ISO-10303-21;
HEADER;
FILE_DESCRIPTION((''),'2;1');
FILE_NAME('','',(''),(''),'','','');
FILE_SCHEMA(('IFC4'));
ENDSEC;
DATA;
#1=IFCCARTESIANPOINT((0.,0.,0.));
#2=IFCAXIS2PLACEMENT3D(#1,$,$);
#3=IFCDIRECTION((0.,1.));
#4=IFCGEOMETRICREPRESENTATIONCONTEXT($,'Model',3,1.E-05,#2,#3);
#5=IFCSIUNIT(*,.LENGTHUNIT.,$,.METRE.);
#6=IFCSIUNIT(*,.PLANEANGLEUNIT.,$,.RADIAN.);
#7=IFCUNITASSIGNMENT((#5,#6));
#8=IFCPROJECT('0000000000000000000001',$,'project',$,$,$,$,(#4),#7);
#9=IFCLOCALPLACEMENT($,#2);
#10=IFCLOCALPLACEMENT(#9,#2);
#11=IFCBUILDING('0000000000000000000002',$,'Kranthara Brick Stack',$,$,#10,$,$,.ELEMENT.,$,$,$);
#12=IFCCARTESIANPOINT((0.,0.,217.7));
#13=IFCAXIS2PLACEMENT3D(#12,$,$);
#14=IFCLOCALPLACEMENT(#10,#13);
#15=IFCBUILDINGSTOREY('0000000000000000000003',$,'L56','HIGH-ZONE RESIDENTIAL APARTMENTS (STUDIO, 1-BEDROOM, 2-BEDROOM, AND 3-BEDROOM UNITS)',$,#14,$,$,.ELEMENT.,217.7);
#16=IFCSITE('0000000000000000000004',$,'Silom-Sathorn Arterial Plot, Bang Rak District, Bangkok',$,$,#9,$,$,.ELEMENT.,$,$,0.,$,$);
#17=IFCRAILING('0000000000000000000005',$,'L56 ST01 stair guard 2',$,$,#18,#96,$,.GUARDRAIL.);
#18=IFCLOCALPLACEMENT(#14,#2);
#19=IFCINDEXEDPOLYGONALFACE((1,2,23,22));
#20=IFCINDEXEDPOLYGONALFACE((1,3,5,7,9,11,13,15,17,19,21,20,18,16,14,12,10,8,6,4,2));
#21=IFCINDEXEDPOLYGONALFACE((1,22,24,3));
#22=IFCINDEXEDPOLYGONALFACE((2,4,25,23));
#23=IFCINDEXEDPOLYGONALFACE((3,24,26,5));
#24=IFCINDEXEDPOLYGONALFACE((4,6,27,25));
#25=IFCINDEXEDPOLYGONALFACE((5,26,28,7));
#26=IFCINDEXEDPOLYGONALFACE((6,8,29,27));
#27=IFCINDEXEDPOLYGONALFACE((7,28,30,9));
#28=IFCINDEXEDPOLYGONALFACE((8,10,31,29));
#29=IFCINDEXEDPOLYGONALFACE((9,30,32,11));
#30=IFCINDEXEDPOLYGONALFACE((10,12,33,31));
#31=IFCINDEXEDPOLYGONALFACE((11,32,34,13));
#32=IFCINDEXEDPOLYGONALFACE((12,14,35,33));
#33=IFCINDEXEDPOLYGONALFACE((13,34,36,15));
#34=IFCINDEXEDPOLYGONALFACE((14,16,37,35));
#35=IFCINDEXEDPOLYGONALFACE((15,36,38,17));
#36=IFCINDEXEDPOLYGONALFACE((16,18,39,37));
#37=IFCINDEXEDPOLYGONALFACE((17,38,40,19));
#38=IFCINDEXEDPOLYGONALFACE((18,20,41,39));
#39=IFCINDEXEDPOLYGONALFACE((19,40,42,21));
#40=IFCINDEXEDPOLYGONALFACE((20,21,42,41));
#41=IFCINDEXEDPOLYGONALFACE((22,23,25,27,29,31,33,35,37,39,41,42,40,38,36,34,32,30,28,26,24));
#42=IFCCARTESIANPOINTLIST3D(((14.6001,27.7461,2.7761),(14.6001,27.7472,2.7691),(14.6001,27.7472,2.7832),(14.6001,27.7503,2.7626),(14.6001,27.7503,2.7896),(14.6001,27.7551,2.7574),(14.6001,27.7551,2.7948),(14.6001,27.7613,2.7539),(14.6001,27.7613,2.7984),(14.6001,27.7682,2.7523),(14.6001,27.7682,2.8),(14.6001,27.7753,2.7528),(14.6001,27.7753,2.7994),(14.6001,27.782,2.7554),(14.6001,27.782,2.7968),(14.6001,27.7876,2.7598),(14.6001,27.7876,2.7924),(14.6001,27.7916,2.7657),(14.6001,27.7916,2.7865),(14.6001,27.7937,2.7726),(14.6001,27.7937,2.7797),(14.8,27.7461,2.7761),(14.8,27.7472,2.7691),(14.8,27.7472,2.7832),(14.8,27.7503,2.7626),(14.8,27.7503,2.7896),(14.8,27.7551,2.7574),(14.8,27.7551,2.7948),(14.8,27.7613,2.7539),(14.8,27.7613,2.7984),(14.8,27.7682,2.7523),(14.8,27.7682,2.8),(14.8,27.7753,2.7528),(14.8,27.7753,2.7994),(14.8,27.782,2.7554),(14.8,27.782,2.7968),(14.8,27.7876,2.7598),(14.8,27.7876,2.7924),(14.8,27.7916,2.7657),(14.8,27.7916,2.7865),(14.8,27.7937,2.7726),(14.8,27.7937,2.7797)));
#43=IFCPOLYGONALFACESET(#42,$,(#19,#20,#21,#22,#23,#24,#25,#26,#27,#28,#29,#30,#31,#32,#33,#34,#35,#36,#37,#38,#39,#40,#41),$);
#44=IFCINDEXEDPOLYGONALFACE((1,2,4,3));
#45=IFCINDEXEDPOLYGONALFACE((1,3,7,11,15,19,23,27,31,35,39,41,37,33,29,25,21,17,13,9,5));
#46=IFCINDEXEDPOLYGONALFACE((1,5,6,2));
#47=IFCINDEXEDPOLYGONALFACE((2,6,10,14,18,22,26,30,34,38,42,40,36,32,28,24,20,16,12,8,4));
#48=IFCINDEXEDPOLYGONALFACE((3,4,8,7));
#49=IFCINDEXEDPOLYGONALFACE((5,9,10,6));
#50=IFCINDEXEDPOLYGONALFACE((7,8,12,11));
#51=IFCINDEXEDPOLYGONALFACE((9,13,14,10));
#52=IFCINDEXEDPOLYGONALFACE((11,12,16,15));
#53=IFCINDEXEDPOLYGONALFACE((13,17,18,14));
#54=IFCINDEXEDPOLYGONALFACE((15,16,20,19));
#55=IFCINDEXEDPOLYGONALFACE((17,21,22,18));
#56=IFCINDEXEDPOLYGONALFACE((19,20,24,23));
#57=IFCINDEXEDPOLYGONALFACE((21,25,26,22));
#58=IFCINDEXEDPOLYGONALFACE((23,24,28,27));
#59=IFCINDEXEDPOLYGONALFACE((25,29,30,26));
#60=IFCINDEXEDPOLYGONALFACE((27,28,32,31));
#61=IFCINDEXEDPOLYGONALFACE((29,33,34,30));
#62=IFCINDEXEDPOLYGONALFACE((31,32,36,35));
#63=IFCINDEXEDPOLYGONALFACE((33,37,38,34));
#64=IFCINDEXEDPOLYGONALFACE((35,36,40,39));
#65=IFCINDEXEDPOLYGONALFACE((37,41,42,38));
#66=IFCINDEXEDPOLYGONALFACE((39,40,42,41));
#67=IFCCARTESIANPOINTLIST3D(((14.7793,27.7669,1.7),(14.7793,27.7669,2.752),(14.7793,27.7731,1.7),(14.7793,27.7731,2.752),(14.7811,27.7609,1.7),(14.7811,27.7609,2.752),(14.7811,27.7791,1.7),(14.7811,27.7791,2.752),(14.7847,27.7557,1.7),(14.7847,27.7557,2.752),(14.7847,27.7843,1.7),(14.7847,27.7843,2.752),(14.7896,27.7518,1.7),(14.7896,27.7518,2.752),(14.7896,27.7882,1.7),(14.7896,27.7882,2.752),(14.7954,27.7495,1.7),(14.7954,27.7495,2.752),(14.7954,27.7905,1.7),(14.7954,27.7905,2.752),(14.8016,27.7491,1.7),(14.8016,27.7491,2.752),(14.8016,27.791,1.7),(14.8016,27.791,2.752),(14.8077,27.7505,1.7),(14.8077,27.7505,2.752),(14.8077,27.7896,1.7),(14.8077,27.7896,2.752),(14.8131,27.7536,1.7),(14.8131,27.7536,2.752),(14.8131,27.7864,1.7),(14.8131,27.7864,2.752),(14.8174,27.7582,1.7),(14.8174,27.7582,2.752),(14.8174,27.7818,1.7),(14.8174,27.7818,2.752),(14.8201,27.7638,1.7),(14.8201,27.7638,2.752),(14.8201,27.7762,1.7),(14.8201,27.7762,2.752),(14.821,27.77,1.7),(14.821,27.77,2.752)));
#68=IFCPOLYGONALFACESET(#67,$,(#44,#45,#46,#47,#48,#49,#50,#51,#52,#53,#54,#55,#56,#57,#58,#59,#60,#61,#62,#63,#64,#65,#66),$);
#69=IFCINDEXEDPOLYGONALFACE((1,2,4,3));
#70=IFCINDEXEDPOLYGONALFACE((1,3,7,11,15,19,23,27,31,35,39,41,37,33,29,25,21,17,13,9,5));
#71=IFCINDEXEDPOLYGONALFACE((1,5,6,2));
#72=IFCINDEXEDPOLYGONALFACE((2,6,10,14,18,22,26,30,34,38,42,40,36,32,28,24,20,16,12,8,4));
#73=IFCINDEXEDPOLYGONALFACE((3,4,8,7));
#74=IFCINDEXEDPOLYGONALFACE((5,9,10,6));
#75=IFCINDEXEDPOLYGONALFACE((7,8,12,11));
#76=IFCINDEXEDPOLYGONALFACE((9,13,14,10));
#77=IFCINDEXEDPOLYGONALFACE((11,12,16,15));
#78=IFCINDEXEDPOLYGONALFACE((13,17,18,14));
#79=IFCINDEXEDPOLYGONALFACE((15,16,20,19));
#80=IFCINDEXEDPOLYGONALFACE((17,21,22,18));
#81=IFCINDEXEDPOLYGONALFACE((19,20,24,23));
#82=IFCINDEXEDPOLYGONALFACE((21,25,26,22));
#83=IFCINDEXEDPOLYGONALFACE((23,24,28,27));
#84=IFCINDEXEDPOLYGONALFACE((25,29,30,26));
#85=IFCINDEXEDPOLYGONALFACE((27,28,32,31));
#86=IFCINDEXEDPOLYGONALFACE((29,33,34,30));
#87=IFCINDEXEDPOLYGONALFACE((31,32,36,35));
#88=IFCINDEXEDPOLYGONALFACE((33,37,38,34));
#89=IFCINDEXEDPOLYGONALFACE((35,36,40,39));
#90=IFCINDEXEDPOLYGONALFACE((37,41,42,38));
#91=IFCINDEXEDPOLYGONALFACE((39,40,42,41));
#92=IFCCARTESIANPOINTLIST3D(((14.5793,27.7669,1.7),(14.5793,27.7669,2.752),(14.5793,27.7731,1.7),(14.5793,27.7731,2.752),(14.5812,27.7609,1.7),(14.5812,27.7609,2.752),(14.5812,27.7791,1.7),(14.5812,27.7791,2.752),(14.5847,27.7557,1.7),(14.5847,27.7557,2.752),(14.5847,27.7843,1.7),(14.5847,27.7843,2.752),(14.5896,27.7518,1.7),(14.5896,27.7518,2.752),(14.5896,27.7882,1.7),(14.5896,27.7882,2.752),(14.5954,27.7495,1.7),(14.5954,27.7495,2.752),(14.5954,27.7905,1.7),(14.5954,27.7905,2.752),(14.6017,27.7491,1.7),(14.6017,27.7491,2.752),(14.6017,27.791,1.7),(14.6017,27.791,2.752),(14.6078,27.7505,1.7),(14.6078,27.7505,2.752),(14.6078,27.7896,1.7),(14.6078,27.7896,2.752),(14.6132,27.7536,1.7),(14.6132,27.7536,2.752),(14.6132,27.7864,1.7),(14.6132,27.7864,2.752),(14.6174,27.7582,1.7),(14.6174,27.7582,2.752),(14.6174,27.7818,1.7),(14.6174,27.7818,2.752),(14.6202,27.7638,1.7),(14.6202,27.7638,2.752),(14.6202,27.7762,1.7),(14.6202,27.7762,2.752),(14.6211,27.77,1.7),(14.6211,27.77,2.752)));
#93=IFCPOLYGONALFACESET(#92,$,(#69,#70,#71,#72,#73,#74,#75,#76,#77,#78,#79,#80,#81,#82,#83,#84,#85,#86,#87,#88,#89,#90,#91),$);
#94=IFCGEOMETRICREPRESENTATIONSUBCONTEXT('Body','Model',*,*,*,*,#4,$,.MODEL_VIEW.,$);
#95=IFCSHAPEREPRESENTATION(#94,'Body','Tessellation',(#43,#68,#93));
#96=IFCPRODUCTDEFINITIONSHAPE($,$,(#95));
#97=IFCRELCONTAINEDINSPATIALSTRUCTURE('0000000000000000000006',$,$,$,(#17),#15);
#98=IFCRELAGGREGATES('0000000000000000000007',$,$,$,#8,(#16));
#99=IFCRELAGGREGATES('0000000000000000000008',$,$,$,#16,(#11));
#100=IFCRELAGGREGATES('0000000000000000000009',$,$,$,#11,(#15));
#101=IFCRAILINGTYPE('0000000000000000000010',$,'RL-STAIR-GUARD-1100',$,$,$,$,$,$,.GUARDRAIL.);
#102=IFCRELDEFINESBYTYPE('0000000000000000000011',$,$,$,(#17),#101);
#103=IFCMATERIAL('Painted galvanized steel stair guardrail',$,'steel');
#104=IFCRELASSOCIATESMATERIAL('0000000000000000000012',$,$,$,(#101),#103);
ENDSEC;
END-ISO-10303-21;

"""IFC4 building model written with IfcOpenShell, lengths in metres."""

from ifc_helpers import new_model, si_unit, direction, frame, origin, origin_2d, place, context, subcontext, project, spatial, circle, extrude, material, type_object, element, save


model = new_model("IFC4")

# Units and contexts
model_context = context("Model", 3, precision=1e-05, world=origin(), true_north=direction((0.0, 1.0)))
body_context = subcontext(model_context, "Body", "Model", "MODEL_VIEW")
ifc_project = project(units=[si_unit("LENGTHUNIT", "METRE"), si_unit("PLANEANGLEUNIT", "RADIAN")], contexts=[model_context])

# Site, building, storey
site_placement = place(None, origin())
site = spatial("IfcSite", under=ifc_project, at=site_placement, Name="Silom-Sathorn Arterial Plot, Bang Rak District, Bangkok", CompositionType="ELEMENT", RefElevation=0.0)
building_placement = place(site_placement, origin())
building = spatial("IfcBuilding", under=site, at=building_placement, Name="Kranthara Brick Stack", CompositionType="ELEMENT")
storey_placement = place(building_placement, frame((0.0, 0.0, 217.7)))
storey = spatial("IfcBuildingStorey", under=building, at=storey_placement, Name="L56", Description="HIGH-ZONE RESIDENTIAL APARTMENTS (STUDIO, 1-BEDROOM, 2-BEDROOM, AND 3-BEDROOM UNITS)", CompositionType="ELEMENT", Elevation=217.7)

# Railing
ifc_material_1 = material(Name="Painted galvanized steel stair guardrail", Category="steel")
railing_type_1 = type_object("IfcRailingType", Name="RL-STAIR-GUARD-1100", PredefinedType="GUARDRAIL", material=ifc_material_1)
railing_1_placement = place(storey_placement, frame((14.8, 27.77, 1.7)))
element("IfcRailing", 1, at=railing_1_placement, inside=storey, type_object=railing_type_1, Name="L56 ST01 stair guard 2", PredefinedType="GUARDRAIL", context=body_context, shape_type="SweptSolid", body=[
    extrude(circle(Radius=0.0239, at=origin_2d()), frame((0.0, 0.0, 1.0762), z_axis=(-1.0, 0.0, 0.0), x_axis=(0.0, -1.0, 0.0)), (0.0, 0.0, 1.0), 0.2),
    extrude(circle(Radius=0.021, at=origin_2d()), origin(), (0.0, 0.0, 1.0), 1.052),
    extrude(circle(Radius=0.021, at=origin_2d()), frame((-0.2, 0.0, 0.0)), (0.0, 0.0, 1.0), 1.052),
])

save(model, "model.ifc")
